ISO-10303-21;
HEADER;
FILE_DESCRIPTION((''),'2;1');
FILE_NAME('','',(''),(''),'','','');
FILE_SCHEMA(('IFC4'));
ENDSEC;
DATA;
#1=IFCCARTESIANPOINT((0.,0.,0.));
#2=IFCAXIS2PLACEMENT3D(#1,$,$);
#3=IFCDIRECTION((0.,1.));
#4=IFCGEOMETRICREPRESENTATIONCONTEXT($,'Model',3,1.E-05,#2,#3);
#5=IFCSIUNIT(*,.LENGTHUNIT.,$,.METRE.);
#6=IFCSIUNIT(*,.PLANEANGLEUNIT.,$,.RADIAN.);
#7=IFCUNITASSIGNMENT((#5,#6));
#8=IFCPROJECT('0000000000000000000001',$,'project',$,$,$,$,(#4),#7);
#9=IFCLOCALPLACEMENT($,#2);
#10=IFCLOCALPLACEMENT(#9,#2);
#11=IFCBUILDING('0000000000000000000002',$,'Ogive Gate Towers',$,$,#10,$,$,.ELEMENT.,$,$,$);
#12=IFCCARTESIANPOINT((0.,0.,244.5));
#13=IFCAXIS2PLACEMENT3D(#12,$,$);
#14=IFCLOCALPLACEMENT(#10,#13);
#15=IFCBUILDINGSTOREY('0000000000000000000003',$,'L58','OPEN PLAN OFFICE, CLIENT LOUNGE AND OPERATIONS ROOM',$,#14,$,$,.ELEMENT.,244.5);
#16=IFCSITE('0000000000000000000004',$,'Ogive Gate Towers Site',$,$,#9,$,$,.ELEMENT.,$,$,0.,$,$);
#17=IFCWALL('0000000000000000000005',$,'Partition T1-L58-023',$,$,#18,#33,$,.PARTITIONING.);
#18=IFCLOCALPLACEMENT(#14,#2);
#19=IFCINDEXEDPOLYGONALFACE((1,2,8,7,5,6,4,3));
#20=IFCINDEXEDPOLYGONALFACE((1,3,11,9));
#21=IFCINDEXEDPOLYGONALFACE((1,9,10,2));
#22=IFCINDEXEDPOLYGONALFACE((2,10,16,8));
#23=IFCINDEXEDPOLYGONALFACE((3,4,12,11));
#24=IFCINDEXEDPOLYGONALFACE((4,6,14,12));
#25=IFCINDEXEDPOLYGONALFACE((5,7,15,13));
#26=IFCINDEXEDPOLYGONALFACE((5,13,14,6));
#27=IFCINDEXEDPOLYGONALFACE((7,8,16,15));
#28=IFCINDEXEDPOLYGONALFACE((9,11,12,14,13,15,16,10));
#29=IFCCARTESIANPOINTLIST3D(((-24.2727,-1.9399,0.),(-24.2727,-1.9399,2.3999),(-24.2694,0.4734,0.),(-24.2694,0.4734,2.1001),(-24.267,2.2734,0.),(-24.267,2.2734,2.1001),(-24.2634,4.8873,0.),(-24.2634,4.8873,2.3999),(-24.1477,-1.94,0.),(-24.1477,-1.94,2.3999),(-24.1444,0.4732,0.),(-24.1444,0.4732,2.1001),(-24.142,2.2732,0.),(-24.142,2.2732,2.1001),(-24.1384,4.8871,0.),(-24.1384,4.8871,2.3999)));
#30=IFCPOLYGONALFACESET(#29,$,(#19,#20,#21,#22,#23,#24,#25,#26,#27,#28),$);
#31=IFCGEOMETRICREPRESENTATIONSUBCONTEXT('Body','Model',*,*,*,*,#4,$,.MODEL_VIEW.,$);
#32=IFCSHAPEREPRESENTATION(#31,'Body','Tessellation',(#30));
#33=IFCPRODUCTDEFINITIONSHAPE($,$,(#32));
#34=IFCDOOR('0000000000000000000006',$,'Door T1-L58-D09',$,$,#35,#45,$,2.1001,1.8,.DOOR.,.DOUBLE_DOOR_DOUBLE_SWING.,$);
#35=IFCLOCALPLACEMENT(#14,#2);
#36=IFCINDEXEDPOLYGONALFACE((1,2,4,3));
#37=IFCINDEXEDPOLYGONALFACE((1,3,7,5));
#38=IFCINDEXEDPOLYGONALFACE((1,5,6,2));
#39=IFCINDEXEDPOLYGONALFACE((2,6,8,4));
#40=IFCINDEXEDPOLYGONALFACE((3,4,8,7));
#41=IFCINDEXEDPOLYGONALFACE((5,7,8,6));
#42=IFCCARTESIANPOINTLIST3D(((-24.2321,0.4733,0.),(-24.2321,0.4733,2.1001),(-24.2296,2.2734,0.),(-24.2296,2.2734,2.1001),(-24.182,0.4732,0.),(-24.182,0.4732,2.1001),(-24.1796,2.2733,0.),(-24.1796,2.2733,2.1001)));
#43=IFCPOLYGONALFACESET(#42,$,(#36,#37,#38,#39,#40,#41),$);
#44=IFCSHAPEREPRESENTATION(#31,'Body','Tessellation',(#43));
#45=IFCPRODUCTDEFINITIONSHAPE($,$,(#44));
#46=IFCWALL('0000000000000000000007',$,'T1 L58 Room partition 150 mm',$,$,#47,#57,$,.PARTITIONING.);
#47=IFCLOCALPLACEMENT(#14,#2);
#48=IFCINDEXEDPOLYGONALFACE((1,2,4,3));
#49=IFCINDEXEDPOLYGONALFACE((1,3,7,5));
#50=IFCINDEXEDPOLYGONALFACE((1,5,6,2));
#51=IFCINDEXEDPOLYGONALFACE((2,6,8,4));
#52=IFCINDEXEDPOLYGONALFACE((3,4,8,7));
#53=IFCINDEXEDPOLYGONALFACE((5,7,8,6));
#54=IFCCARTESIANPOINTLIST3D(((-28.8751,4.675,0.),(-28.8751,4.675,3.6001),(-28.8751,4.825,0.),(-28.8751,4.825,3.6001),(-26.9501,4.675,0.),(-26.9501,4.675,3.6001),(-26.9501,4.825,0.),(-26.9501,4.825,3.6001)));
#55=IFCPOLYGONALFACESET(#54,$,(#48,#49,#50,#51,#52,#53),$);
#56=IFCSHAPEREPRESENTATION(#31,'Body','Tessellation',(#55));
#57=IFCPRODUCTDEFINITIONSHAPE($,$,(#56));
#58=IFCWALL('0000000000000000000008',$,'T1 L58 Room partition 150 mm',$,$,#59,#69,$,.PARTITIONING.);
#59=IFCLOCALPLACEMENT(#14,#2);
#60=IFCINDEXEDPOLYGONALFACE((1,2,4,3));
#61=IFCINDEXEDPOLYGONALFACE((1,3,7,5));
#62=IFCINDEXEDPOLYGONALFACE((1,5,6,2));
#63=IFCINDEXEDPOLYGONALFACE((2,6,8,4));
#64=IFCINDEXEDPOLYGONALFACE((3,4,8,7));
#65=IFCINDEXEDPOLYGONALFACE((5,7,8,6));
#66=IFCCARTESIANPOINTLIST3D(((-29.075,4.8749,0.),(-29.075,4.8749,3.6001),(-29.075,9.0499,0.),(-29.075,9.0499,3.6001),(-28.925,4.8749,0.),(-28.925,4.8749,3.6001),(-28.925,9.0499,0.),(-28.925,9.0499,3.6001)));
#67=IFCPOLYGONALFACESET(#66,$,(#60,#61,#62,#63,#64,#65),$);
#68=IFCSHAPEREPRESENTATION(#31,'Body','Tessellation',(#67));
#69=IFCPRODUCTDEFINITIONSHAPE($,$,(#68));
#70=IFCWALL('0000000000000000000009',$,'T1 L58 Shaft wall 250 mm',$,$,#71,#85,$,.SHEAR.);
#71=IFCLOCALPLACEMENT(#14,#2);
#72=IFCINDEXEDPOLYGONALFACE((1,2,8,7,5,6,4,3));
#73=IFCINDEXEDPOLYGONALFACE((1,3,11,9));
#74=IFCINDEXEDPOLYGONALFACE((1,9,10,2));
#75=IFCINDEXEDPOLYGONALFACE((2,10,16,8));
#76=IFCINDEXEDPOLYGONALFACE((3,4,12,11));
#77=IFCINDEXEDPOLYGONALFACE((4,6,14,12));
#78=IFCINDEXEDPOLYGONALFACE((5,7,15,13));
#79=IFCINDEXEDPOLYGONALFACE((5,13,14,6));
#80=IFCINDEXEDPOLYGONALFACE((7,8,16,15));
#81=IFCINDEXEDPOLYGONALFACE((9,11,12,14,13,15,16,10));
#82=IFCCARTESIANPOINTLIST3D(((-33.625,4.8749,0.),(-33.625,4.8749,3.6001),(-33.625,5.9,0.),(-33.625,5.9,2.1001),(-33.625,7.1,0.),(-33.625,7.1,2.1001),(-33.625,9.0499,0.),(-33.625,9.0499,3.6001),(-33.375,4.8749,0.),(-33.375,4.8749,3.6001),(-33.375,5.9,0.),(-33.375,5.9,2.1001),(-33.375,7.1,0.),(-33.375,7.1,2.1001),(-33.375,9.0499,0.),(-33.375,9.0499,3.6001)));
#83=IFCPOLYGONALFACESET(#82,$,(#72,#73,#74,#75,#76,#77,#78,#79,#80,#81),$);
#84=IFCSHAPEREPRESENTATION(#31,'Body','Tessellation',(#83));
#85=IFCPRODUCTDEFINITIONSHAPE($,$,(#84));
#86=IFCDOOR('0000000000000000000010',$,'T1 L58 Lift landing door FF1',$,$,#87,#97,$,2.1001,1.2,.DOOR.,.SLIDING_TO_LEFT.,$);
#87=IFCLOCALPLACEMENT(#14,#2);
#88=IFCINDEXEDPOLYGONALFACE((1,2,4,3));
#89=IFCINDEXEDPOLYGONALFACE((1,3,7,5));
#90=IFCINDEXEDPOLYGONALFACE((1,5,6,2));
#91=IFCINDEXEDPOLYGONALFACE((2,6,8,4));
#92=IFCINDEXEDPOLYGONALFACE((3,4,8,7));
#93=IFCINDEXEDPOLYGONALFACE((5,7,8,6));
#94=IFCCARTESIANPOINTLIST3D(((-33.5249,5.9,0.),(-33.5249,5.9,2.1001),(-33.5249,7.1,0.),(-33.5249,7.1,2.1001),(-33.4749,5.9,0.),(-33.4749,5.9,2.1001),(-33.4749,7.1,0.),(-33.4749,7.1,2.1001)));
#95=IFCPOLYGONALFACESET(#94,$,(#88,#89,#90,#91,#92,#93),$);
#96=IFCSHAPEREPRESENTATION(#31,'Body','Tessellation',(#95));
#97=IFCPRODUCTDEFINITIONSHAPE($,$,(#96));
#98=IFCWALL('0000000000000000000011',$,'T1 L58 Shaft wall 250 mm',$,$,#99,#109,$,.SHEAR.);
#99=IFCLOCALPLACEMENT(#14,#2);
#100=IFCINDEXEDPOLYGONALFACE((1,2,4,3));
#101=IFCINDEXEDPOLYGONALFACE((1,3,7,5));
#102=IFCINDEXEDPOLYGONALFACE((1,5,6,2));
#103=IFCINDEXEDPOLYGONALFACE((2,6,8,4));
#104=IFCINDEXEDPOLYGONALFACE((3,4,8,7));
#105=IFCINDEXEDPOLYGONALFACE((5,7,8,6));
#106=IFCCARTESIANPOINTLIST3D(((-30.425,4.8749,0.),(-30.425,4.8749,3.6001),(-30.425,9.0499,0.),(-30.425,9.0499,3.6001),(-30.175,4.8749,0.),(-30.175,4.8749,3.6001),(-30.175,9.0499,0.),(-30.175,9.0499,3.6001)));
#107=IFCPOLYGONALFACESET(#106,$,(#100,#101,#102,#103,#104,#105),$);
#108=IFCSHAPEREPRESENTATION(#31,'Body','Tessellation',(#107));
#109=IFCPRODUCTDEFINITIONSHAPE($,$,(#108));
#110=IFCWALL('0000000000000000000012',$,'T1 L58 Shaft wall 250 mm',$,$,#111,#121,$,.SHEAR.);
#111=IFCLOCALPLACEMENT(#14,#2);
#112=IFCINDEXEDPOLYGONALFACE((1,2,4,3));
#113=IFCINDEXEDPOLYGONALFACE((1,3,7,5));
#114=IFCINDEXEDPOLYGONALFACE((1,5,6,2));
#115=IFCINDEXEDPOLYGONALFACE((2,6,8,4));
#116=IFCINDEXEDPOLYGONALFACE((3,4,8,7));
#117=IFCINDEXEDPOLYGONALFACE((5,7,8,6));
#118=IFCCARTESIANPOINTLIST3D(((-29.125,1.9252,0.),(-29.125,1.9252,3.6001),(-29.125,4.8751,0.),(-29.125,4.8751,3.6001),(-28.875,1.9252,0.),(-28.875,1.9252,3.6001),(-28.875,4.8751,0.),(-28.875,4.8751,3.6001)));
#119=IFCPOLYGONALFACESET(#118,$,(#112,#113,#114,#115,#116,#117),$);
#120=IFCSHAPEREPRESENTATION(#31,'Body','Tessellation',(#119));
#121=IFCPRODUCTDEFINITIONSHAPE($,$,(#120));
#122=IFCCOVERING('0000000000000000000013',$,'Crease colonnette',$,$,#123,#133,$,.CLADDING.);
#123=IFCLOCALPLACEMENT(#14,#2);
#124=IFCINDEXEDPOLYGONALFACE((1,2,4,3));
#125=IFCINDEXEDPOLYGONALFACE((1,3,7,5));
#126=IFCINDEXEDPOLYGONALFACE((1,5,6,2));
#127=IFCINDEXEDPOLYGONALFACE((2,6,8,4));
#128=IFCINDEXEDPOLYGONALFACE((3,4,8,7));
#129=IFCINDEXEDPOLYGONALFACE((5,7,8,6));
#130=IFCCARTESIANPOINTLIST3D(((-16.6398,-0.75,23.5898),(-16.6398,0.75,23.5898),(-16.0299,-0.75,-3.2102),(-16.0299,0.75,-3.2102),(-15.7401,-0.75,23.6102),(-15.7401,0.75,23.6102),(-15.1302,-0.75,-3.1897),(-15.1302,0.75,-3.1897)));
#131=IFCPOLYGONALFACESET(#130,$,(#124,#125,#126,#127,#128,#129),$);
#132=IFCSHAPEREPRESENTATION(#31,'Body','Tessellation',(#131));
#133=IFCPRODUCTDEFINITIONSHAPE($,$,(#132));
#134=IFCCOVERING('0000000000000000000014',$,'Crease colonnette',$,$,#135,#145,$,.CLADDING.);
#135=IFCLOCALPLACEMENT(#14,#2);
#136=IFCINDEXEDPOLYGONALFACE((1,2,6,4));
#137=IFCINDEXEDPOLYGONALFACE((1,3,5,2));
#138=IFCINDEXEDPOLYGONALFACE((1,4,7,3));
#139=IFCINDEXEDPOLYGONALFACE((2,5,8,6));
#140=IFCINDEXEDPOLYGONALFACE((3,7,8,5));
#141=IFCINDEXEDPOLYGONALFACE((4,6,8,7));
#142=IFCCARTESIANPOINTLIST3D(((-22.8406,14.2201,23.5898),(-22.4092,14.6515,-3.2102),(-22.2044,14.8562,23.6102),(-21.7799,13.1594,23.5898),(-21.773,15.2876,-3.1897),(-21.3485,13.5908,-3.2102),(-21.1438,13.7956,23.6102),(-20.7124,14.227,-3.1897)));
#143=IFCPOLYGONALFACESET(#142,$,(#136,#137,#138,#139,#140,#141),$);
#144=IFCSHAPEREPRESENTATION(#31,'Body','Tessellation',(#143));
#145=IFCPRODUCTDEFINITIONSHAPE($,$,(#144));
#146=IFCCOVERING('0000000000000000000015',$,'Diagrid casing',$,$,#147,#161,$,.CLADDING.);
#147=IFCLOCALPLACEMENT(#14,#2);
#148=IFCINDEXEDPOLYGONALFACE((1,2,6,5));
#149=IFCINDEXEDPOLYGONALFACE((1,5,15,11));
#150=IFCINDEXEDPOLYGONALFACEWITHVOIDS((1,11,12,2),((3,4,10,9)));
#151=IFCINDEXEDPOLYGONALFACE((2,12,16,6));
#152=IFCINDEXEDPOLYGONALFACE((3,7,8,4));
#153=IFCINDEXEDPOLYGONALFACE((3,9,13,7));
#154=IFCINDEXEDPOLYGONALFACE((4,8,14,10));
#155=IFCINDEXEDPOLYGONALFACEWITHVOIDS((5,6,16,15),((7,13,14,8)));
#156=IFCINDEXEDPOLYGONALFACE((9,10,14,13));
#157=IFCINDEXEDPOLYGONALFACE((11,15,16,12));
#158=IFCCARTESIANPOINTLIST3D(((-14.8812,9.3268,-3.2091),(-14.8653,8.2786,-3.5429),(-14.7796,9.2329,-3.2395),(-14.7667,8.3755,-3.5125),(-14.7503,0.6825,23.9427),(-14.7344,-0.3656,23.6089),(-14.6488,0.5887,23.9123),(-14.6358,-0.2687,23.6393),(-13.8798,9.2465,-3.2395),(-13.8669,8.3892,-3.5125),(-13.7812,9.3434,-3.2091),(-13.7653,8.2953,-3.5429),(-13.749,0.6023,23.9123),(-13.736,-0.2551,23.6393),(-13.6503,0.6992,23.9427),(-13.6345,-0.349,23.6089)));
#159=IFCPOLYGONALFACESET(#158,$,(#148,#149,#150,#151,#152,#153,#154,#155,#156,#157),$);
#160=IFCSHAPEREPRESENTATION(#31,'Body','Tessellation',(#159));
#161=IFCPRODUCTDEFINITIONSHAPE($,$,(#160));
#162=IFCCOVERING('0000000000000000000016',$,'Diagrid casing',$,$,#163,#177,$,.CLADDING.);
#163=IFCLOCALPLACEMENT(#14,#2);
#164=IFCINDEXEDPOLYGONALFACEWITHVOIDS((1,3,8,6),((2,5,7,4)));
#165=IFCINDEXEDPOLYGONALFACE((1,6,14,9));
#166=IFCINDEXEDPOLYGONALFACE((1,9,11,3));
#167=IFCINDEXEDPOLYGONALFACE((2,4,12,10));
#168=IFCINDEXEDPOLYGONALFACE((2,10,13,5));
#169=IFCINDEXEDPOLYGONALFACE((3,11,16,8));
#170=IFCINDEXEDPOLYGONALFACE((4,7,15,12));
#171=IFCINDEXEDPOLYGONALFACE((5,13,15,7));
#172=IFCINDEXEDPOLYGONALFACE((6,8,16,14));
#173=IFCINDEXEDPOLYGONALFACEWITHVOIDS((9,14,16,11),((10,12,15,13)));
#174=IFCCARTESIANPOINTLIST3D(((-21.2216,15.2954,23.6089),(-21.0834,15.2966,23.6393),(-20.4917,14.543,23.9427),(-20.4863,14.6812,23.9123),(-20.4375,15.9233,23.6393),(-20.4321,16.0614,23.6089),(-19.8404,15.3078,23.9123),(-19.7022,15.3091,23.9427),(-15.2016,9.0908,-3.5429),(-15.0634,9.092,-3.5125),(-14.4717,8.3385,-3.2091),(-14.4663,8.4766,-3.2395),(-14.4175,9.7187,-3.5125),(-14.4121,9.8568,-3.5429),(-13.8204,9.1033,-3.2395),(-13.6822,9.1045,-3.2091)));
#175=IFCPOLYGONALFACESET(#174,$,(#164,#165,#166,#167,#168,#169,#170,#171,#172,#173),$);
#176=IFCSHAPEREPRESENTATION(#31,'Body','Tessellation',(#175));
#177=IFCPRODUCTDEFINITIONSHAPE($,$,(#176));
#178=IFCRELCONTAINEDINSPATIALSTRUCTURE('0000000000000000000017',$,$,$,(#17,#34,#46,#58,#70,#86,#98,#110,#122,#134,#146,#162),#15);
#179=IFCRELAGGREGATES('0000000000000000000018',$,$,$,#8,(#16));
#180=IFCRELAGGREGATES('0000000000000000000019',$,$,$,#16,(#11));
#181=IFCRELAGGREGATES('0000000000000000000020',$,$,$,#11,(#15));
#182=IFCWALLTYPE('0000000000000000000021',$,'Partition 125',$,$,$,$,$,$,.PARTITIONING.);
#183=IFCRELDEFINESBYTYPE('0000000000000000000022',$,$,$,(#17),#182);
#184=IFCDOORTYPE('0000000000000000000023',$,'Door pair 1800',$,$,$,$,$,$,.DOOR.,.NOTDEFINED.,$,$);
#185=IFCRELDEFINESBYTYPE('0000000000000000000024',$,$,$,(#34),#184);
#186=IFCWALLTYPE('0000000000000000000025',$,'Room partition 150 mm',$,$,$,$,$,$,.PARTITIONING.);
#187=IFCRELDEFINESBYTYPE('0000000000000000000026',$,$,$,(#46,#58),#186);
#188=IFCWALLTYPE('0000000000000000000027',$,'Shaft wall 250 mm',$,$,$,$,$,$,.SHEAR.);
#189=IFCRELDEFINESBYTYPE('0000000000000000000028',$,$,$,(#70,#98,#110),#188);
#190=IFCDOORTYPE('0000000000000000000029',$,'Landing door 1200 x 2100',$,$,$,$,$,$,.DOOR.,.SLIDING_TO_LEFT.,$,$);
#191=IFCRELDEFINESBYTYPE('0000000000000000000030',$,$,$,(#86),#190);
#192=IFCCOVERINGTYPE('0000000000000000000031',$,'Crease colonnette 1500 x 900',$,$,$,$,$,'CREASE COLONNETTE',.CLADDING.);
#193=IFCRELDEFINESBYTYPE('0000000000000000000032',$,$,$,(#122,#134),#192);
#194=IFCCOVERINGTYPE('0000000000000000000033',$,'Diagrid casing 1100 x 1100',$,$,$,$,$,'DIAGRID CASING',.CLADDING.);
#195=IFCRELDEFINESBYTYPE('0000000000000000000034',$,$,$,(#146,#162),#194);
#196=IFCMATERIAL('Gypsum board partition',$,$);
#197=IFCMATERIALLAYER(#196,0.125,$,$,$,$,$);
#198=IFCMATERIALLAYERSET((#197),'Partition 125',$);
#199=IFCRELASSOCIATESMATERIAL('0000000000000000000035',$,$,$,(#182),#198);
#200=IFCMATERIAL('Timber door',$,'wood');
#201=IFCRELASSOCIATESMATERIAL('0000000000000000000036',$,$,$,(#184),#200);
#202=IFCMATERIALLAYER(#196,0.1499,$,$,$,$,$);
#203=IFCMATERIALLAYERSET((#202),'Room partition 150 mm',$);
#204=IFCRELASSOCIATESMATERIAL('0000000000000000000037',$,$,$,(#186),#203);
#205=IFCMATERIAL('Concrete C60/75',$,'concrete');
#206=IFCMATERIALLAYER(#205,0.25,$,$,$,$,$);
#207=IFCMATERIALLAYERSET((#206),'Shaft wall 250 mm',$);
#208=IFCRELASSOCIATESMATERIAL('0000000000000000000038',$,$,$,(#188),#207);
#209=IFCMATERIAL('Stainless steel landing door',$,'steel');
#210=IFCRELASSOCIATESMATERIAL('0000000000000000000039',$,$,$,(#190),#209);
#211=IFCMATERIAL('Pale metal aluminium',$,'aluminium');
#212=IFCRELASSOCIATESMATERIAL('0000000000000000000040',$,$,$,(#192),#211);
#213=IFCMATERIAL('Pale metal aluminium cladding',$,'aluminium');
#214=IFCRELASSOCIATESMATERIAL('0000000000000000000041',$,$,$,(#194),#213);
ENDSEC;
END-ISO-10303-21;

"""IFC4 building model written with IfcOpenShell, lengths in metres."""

from ifc_helpers import new_model, si_unit, direction, frame, frame_2d, origin, origin_2d, place, context, subcontext, project, spatial, rectangle, hollow_rectangle, extrude, material, layer, layer_set, material_profile, profile_set, type_object, element, fill, save


model = new_model("IFC4")

# Units and contexts
model_context = context("Model", 3, precision=1e-05, world=origin(), true_north=direction((0.0, 1.0)))
body_context = subcontext(model_context, "Body", "Model", "MODEL_VIEW")
ifc_project = project(units=[si_unit("LENGTHUNIT", "METRE"), si_unit("PLANEANGLEUNIT", "RADIAN")], contexts=[model_context])

# Site, building, storey
site_placement = place(None, origin())
site = spatial("IfcSite", under=ifc_project, at=site_placement, Name="Ogive Gate Towers Site", CompositionType="ELEMENT", RefElevation=0.0)
building_placement = place(site_placement, origin())
building = spatial("IfcBuilding", under=site, at=building_placement, Name="Ogive Gate Towers", CompositionType="ELEMENT")
storey_placement = place(building_placement, frame((0.0, 0.0, 244.5)))
storey = spatial("IfcBuildingStorey", under=building, at=storey_placement, Name="L58", Description="OPEN PLAN OFFICE, CLIENT LOUNGE AND OPERATIONS ROOM", CompositionType="ELEMENT", Elevation=244.5)

# Shared definitions
ifc_material_1 = material(Name="Gypsum board partition")
ifc_layer_1 = layer(ifc_material_1, 0.125)
ifc_layer_set_1 = layer_set([ifc_layer_1], Name="Partition 125")
wall_type_1 = type_object("IfcWallType", Name="Partition 125", PredefinedType="PARTITIONING", material=ifc_layer_set_1)

# Shared definitions
ifc_material_2 = material(Name="Timber door", Category="wood")

# Wall, opening, door
wall_1_placement = place(storey_placement, frame((-24.2009, 4.8872, 0.0), z_axis=(0.0, 0.0, 1.0), x_axis=(-0.001359, -0.999999, 0.0)))
wall_1 = element("IfcWall", 1, at=wall_1_placement, inside=storey, type_object=wall_type_1, Name="Partition T1-L58-023", PredefinedType="PARTITIONING", context=body_context, shape_type="SweptSolid", body=[
    extrude(rectangle(XDim=6.8271, YDim=0.125, at=frame_2d((3.4136, 0.0))), origin(), (0.0, 0.0, 1.0), 2.3999),
])
opening_1_placement = place(wall_1_placement, frame((2.614, 0.0, 0.0)))
opening_1 = element("IfcOpeningElement", 2, at=opening_1_placement, cuts=wall_1, PredefinedType="OPENING", context=body_context, shape_type="SweptSolid", body=[
    extrude(rectangle(XDim=1.8, YDim=2.1001, at=frame_2d((0.8999, 1.05))), frame((0.0, 0.0725, 0.0), z_axis=(0.0, -1.0, 0.0), x_axis=(1.0, 0.0, 0.0)), (0.0, 0.0, 1.0), 0.145),
])
door_type_1 = type_object("IfcDoorType", Name="Door pair 1800", OperationType="NOTDEFINED", PredefinedType="DOOR", material=ifc_material_2)
door_1_placement = place(opening_1_placement, origin())
door_1 = element("IfcDoor", 3, at=door_1_placement, inside=storey, type_object=door_type_1, Name="Door T1-L58-D09", OperationType="DOUBLE_DOOR_DOUBLE_SWING", OverallHeight=2.1001, OverallWidth=1.8, PredefinedType="DOOR", context=body_context, shape_type="SweptSolid", body=[
    extrude(rectangle(XDim=1.8, YDim=2.1001, at=frame_2d((0.8999, 1.05))), frame((0.0, 0.0249, 0.0), z_axis=(0.0, -1.0, 0.0), x_axis=(1.0, 0.0, 0.0)), (0.0, 0.0, 1.0), 0.05),
])
fill(opening_1, door_1)

# Walls
ifc_layer_2 = layer(ifc_material_1, 0.1499)
ifc_layer_set_2 = layer_set([ifc_layer_2], Name="Room partition 150 mm")
wall_type_2 = type_object("IfcWallType", Name="Room partition 150 mm", PredefinedType="PARTITIONING", material=ifc_layer_set_2)
wall_2_placement = place(storey_placement, frame((-28.875, 4.75, 0.0), z_axis=(0.0, 0.0, 1.0), x_axis=(1.0, 0.0, 0.0)))
element("IfcWall", 4, at=wall_2_placement, inside=storey, type_object=wall_type_2, Name="T1 L58 Room partition 150 mm", PredefinedType="PARTITIONING", context=body_context, shape_type="SweptSolid", body=[
    extrude(rectangle(XDim=1.925, YDim=0.1499, at=frame_2d((0.9624, 0.0))), origin(), (0.0, 0.0, 1.0), 3.6001),
])
wall_3_placement = place(storey_placement, frame((-29.0, 4.875, 0.0), z_axis=(0.0, 0.0, 1.0), x_axis=(0.0, 1.0, 0.0)))
element("IfcWall", 5, at=wall_3_placement, inside=storey, type_object=wall_type_2, Name="T1 L58 Room partition 150 mm", PredefinedType="PARTITIONING", context=body_context, shape_type="SweptSolid", body=[
    extrude(rectangle(XDim=4.175, YDim=0.1499, at=frame_2d((2.0874, 0.0))), origin(), (0.0, 0.0, 1.0), 3.6001),
])

# Wall, opening, door
ifc_material_3 = material(Name="Concrete C60/75", Category="concrete")
ifc_layer_3 = layer(ifc_material_3, 0.25)
ifc_layer_set_3 = layer_set([ifc_layer_3], Name="Shaft wall 250 mm")
wall_type_3 = type_object("IfcWallType", Name="Shaft wall 250 mm", PredefinedType="SHEAR", material=ifc_layer_set_3)
wall_4_placement = place(storey_placement, frame((-33.5, 4.875, 0.0), z_axis=(0.0, 0.0, 1.0), x_axis=(0.0, 1.0, 0.0)))
wall_4 = element("IfcWall", 6, at=wall_4_placement, inside=storey, type_object=wall_type_3, Name="T1 L58 Shaft wall 250 mm", PredefinedType="SHEAR", context=body_context, shape_type="SweptSolid", body=[
    extrude(rectangle(XDim=4.175, YDim=0.25, at=frame_2d((2.0874, 0.0))), origin(), (0.0, 0.0, 1.0), 3.6001),
])
opening_2_placement = place(wall_4_placement, frame((1.0249, 0.0, 0.0)))
opening_2 = element("IfcOpeningElement", 7, at=opening_2_placement, cuts=wall_4, PredefinedType="OPENING", context=body_context, shape_type="SweptSolid", body=[
    extrude(rectangle(XDim=1.2, YDim=2.1001, at=frame_2d((0.6001, 1.05))), frame((0.0, 0.135, 0.0), z_axis=(0.0, -1.0, 0.0), x_axis=(1.0, 0.0, 0.0)), (0.0, 0.0, 1.0), 0.27),
])
ifc_material_4 = material(Name="Stainless steel landing door", Category="steel")
door_type_2 = type_object("IfcDoorType", Name="Landing door 1200 x 2100", OperationType="SLIDING_TO_LEFT", PredefinedType="DOOR", material=ifc_material_4)
door_2_placement = place(opening_2_placement, origin())
door_2 = element("IfcDoor", 8, at=door_2_placement, inside=storey, type_object=door_type_2, Name="T1 L58 Lift landing door FF1", OperationType="SLIDING_TO_LEFT", OverallHeight=2.1001, OverallWidth=1.2, PredefinedType="DOOR", context=body_context, shape_type="SweptSolid", body=[
    extrude(rectangle(XDim=1.2, YDim=2.1001, at=frame_2d((0.6001, 1.05))), frame((0.0, 0.0249, 0.0), z_axis=(0.0, -1.0, 0.0), x_axis=(1.0, 0.0, 0.0)), (0.0, 0.0, 1.0), 0.05),
])
fill(opening_2, door_2)

# Walls
wall_5_placement = place(storey_placement, frame((-30.3, 4.875, 0.0), z_axis=(0.0, 0.0, 1.0), x_axis=(0.0, 1.0, 0.0)))
element("IfcWall", 9, at=wall_5_placement, inside=storey, type_object=wall_type_3, Name="T1 L58 Shaft wall 250 mm", PredefinedType="SHEAR", context=body_context, shape_type="SweptSolid", body=[
    extrude(rectangle(XDim=4.175, YDim=0.25, at=frame_2d((2.0874, 0.0))), origin(), (0.0, 0.0, 1.0), 3.6001),
])
wall_6_placement = place(storey_placement, frame((-29.0, 1.925, 0.0), z_axis=(0.0, 0.0, 1.0), x_axis=(0.0, 1.0, 0.0)))
element("IfcWall", 10, at=wall_6_placement, inside=storey, type_object=wall_type_3, Name="T1 L58 Shaft wall 250 mm", PredefinedType="SHEAR", context=body_context, shape_type="SweptSolid", body=[
    extrude(rectangle(XDim=2.95, YDim=0.25, at=frame_2d((1.4751, 0.0))), origin(), (0.0, 0.0, 1.0), 3.6001),
])

# Coverings
ifc_material_5 = material(Name="Pale metal aluminium", Category="aluminium")
ifc_material_profile_1 = material_profile(ifc_material_5, rectangle(XDim=1.5, YDim=0.8999, at=origin_2d()), Name="1500 x 900 pale metal aluminium")
ifc_profile_set_1 = profile_set([ifc_material_profile_1], Name="Pale metal aluminium")
covering_type_1 = type_object("IfcCoveringType", Name="Crease colonnette 1500 x 900", ElementType="CREASE COLONNETTE", PredefinedType="CLADDING", material=ifc_profile_set_1)
for number, where, z_axis, x_axis, name in (
    (11, (-15.5801, 0.0, -3.2), (-0.02275, 0.0, 0.999741), (0.0, -1.0, 0.0), "Crease colonnette"),
    (12, (-21.5608, 14.4392, -3.2), (-0.016093, -0.016093, 0.999741), (0.707107, -0.707107, 0.0), "Crease colonnette"),
):
    element("IfcCovering", number, at=place(storey_placement, frame(where, z_axis=z_axis, x_axis=x_axis)), inside=storey, type_object=covering_type_1, Name=name, PredefinedType="CLADDING", context=body_context, shape_type="SweptSolid", body=[
        extrude(rectangle(XDim=1.5, YDim=0.8999, at=origin_2d()), origin(), (0.0, 0.0, 1.0), 26.8069),
    ])
ifc_material_6 = material(Name="Pale metal aluminium cladding", Category="aluminium")
ifc_material_profile_2 = material_profile(ifc_material_6, hollow_rectangle(XDim=1.1001, YDim=1.1001, WallThickness=0.1001, at=origin_2d()), Name="1100 x 1100 pale metal casing")
ifc_profile_set_2 = profile_set([ifc_material_profile_2], Name="Pale metal aluminium cladding")
covering_type_2 = type_object("IfcCoveringType", Name="Diagrid casing 1100 x 1100", ElementType="DIAGRID CASING", PredefinedType="CLADDING", material=ifc_profile_set_2)
for number, where, z_axis, x_axis, name in (
    (13, (-14.3232, 8.811, -3.376), (0.004592, -0.303362, 0.952864), (0.999885, 0.015137, 0.0), "Diagrid casing"),
    (14, (-14.4419, 9.0977, -3.376), (-0.211266, 0.217744, 0.952866), (-0.717701, -0.696351, 0.0), "Diagrid casing"),
):
    element("IfcCovering", number, at=place(storey_placement, frame(where, z_axis=z_axis, x_axis=x_axis)), inside=storey, type_object=covering_type_2, Name=name, PredefinedType="CLADDING", context=body_context, shape_type="SweptSolid", body=[
        extrude(hollow_rectangle(XDim=1.1001, YDim=1.1001, WallThickness=0.1001, at=origin_2d()), origin(), (0.0, 0.0, 1.0), 28.4949),
    ])

save(model, "model.ifc")
